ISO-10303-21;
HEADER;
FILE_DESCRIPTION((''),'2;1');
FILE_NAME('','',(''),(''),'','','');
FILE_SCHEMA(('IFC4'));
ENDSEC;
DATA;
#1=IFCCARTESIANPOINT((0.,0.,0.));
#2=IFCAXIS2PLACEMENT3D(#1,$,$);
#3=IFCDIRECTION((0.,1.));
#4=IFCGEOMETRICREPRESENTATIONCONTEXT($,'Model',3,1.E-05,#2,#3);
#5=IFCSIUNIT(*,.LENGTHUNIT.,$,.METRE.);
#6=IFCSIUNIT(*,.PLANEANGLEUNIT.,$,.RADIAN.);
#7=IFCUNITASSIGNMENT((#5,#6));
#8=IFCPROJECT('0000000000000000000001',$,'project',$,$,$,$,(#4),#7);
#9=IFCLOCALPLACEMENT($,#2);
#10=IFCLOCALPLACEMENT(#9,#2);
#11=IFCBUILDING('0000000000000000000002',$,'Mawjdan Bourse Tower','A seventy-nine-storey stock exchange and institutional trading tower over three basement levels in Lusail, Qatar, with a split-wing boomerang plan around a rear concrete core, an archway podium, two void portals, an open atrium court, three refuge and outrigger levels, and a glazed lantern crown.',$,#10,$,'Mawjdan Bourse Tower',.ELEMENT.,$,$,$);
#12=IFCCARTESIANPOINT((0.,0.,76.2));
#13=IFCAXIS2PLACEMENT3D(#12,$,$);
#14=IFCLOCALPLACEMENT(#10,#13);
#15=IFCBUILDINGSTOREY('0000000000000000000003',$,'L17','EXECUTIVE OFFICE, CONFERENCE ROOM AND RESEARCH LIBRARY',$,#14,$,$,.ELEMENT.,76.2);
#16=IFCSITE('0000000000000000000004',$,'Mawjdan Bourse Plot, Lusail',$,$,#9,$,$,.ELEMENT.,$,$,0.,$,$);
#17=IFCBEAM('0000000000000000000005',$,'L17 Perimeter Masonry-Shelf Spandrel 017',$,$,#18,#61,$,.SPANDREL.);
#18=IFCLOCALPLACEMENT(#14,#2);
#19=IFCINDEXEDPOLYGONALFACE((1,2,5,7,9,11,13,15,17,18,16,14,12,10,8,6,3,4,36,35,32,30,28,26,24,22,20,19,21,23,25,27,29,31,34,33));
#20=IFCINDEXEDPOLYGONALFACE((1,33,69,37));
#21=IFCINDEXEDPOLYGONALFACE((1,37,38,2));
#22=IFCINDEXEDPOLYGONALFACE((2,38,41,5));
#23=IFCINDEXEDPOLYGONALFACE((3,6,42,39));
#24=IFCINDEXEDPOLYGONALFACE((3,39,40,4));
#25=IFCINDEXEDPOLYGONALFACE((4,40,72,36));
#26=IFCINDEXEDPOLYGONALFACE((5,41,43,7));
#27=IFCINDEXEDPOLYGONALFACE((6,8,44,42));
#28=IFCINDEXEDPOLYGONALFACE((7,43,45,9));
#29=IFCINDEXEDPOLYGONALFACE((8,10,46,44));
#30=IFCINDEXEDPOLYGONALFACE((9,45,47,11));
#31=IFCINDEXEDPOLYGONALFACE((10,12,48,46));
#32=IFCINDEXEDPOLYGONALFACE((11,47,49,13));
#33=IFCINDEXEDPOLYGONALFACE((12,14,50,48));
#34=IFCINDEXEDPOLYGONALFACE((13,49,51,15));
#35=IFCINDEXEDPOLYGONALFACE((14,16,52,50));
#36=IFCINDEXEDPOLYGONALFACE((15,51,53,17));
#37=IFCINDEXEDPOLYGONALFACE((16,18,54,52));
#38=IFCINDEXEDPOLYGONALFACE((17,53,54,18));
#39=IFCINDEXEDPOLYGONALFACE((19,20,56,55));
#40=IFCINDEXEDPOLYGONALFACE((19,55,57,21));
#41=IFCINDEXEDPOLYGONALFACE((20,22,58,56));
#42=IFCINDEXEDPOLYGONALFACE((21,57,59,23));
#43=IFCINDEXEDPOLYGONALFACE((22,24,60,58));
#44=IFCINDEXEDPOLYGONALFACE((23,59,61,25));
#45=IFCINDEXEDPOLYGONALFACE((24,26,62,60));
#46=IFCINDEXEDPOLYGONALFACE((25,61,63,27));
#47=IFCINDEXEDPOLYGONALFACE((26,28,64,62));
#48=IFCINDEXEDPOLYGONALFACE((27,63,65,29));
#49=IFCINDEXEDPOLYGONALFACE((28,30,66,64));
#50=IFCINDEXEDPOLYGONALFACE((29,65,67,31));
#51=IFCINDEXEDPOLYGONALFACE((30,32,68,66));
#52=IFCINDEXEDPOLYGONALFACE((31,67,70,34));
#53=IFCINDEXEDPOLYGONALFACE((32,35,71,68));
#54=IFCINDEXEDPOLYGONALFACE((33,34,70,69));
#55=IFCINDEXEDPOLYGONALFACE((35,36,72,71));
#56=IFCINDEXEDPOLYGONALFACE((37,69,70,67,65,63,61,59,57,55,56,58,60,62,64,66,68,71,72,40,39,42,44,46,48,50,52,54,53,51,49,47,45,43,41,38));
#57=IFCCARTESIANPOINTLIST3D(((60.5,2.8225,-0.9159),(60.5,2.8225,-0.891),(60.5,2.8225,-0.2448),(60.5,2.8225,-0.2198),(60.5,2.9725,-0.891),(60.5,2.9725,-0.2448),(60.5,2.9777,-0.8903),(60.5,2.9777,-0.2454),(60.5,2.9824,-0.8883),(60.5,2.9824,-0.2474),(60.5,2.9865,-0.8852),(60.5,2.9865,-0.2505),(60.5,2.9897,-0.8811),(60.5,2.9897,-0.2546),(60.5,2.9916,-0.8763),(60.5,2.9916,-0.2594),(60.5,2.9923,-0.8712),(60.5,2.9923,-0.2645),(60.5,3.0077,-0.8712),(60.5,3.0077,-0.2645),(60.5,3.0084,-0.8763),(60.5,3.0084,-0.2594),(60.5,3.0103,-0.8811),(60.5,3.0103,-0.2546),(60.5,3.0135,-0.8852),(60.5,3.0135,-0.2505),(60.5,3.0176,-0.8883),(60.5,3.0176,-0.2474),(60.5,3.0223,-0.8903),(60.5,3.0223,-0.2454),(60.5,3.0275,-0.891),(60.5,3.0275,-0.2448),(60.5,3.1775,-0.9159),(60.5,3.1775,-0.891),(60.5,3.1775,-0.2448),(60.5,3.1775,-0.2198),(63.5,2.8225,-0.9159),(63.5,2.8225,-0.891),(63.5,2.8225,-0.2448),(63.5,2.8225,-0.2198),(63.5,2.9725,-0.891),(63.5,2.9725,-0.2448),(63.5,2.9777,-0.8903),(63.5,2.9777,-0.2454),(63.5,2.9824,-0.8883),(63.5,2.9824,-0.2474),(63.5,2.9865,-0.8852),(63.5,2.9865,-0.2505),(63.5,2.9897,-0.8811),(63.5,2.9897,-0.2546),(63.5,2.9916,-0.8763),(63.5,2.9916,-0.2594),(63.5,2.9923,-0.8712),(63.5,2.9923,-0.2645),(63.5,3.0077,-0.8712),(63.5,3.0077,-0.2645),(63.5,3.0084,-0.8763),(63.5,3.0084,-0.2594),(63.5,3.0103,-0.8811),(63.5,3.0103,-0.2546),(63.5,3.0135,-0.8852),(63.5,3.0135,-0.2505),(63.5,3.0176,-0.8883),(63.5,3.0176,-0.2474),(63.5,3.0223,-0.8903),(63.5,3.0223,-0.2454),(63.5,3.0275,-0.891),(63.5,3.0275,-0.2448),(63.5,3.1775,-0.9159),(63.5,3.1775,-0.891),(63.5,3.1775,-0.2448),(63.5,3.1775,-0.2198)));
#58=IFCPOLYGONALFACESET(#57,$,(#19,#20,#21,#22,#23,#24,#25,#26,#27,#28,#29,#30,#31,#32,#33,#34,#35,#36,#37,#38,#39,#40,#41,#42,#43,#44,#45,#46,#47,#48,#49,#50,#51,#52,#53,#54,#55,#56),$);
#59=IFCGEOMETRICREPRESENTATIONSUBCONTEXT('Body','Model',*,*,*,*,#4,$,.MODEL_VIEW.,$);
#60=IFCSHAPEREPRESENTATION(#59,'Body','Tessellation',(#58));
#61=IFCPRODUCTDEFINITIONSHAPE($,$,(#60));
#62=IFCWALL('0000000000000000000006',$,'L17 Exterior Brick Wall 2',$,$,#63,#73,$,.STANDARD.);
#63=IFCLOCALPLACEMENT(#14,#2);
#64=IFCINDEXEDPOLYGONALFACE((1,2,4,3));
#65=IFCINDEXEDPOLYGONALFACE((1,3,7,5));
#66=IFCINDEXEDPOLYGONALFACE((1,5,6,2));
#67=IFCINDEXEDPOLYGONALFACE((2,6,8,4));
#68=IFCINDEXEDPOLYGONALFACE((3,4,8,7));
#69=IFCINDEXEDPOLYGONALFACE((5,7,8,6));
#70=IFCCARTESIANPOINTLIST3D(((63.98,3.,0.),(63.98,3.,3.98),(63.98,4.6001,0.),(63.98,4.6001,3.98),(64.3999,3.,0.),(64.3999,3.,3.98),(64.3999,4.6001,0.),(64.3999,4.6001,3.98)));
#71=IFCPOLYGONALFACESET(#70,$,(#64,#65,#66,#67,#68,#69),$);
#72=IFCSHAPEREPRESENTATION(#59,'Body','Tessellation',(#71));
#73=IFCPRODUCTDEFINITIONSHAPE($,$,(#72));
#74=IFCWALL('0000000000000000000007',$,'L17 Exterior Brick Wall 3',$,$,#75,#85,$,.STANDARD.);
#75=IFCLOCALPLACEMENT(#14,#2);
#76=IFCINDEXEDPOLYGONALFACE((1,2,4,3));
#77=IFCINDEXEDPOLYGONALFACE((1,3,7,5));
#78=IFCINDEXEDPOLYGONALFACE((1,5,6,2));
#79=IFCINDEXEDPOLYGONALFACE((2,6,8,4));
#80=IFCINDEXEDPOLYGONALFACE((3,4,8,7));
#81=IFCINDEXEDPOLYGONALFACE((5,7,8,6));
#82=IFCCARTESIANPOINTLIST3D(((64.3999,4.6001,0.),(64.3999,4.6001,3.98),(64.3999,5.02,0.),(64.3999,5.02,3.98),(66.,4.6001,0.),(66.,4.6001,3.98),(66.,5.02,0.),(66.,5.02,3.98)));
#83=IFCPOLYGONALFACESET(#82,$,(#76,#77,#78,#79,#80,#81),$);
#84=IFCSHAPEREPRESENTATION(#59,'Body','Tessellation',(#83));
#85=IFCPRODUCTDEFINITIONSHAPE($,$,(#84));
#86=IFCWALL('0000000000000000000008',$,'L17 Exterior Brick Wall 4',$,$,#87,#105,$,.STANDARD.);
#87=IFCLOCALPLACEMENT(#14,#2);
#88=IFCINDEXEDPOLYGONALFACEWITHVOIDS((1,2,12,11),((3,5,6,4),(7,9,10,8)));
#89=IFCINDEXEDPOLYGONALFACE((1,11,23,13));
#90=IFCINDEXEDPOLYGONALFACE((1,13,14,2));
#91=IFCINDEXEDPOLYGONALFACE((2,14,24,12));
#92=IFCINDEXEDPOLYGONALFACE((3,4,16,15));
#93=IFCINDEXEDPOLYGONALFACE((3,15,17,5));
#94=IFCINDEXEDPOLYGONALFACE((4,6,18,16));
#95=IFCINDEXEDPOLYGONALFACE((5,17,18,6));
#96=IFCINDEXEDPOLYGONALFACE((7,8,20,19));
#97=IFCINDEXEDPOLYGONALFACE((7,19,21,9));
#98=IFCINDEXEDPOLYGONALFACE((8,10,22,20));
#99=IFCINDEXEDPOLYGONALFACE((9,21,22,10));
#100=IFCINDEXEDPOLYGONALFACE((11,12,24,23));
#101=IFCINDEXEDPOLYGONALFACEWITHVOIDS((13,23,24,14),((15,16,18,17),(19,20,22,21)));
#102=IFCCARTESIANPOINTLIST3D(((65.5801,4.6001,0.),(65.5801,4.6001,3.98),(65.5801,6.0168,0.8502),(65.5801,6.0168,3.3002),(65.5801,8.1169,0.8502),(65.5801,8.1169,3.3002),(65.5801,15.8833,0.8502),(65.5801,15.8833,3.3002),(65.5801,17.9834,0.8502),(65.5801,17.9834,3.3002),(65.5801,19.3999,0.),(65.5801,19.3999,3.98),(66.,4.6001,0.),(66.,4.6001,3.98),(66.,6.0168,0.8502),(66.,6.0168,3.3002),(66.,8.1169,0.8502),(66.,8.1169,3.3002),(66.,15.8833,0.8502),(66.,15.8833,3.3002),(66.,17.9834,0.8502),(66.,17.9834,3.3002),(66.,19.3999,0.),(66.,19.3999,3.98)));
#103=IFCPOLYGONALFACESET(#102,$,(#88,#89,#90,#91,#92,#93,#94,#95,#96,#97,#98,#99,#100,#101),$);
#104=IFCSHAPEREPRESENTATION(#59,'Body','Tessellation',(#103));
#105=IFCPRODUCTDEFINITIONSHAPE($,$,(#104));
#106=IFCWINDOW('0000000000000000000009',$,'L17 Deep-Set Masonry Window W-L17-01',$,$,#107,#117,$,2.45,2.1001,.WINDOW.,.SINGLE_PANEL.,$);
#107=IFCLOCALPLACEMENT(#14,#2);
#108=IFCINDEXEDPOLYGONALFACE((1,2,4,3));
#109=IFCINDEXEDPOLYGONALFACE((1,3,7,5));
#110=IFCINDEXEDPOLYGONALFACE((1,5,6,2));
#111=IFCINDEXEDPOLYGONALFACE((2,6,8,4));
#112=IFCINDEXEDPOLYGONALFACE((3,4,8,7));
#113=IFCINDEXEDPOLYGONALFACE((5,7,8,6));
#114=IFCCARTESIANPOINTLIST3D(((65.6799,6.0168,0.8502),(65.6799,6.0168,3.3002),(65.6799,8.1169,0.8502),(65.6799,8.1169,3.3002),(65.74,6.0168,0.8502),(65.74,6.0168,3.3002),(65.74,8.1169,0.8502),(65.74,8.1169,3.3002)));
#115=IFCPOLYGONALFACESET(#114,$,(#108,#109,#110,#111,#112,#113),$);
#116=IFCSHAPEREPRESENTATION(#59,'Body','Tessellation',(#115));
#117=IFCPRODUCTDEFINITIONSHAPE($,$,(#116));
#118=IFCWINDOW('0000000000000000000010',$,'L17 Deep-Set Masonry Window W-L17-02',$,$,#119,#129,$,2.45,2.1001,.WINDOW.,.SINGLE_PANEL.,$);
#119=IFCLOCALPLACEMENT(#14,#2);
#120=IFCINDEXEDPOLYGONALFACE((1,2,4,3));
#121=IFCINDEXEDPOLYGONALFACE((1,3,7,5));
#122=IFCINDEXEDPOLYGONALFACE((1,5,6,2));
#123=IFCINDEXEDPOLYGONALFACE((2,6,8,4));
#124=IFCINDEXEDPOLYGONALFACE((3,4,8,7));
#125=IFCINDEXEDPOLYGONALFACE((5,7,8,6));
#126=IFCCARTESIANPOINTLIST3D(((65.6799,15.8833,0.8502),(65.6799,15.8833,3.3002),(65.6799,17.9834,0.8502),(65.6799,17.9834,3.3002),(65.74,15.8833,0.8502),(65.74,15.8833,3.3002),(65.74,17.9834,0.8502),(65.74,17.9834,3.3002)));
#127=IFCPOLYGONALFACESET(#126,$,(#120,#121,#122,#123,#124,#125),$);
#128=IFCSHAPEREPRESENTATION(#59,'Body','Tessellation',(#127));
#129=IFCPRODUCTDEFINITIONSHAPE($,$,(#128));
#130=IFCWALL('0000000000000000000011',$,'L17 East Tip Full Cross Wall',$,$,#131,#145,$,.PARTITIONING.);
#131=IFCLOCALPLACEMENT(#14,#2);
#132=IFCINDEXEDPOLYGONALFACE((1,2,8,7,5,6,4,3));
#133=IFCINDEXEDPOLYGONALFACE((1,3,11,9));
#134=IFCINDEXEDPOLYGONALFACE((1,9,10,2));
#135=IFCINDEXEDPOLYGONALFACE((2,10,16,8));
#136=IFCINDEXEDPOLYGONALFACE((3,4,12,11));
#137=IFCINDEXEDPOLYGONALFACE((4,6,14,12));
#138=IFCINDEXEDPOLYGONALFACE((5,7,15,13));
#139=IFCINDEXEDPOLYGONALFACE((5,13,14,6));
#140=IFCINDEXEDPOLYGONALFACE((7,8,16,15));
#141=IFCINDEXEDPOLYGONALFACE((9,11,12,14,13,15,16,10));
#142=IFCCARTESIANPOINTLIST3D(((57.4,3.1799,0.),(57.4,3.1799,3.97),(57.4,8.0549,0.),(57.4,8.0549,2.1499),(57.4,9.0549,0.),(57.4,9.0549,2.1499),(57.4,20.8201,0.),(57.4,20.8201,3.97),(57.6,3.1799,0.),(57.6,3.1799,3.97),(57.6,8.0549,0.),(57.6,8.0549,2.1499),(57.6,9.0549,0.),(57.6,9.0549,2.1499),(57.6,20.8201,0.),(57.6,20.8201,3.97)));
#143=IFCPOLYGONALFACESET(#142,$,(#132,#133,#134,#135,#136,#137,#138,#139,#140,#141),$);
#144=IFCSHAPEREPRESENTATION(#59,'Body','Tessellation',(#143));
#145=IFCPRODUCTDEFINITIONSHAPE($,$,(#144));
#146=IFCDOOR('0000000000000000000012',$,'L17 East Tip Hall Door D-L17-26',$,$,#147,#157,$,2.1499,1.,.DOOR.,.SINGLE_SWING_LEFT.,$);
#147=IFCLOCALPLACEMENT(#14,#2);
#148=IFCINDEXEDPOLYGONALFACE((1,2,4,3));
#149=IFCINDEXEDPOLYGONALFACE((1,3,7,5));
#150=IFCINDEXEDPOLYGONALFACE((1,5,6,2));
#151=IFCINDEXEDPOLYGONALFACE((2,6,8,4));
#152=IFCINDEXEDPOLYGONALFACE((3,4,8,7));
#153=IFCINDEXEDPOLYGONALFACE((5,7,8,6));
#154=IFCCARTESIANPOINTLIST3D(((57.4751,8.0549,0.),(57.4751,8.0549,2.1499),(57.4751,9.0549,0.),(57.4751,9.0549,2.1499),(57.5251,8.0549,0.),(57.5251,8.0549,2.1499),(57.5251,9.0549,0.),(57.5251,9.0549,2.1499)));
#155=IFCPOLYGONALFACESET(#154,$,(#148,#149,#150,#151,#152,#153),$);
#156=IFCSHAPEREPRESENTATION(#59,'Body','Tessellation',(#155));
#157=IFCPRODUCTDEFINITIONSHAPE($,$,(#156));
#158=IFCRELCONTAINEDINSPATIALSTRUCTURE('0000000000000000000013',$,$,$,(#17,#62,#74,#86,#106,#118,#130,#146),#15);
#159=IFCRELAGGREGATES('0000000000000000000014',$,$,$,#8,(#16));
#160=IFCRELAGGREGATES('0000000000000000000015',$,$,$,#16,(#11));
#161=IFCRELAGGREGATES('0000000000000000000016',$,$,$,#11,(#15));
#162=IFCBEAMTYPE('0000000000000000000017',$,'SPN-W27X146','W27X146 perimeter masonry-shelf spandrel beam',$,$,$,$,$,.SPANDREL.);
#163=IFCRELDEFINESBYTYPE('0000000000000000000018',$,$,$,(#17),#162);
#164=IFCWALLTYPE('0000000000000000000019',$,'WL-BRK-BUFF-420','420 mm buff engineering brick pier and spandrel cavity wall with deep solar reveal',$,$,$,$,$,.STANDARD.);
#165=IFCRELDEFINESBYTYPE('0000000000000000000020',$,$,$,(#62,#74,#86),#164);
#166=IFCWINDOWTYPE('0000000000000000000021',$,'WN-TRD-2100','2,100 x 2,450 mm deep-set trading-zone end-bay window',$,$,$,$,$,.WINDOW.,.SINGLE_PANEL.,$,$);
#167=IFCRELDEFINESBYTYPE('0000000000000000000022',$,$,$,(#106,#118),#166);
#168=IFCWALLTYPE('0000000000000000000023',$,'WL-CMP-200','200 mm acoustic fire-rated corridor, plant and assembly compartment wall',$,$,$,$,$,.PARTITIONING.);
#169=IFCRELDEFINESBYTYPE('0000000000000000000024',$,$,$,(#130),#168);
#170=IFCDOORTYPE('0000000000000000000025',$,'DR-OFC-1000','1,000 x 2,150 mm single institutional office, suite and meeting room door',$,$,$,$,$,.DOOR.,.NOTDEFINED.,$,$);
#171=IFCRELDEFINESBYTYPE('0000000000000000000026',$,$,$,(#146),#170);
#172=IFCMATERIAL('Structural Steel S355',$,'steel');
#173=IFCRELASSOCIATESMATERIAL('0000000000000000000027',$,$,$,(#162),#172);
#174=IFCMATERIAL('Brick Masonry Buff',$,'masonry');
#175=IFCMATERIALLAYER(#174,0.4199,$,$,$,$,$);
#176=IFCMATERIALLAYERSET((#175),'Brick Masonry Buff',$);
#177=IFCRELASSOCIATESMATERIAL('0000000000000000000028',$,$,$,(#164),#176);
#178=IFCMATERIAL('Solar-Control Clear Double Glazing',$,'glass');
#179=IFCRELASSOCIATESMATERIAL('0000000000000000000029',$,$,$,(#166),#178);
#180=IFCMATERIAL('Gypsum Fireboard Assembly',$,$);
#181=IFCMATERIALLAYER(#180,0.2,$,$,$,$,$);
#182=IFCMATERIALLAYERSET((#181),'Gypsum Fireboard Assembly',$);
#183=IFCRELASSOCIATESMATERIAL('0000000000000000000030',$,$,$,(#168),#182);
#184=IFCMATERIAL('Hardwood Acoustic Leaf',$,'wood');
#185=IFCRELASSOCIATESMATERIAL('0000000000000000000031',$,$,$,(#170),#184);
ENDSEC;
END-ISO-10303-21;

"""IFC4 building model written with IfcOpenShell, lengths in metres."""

from ifc_helpers import new_model, si_unit, direction, frame, frame_2d, origin, origin_2d, place, context, subcontext, project, spatial, rectangle, i_section, extrude, material, layer, layer_set, material_profile, profile_set, type_object, element, fill, save


model = new_model("IFC4")

# Units and contexts
model_context = context("Model", 3, precision=1e-05, world=origin(), true_north=direction((0.0, 1.0)))
body_context = subcontext(model_context, "Body", "Model", "MODEL_VIEW")
ifc_project = project(units=[si_unit("LENGTHUNIT", "METRE"), si_unit("PLANEANGLEUNIT", "RADIAN")], contexts=[model_context])

# Site, building, storey
site_placement = place(None, origin())
site = spatial("IfcSite", under=ifc_project, at=site_placement, Name="Mawjdan Bourse Plot, Lusail", CompositionType="ELEMENT", RefElevation=0.0)
building_placement = place(site_placement, origin())
building = spatial("IfcBuilding", under=site, at=building_placement, Name="Mawjdan Bourse Tower", Description="A seventy-nine-storey stock exchange and institutional trading tower over three basement levels in Lusail, Qatar, with a split-wing boomerang plan around a rear concrete core, an archway podium, two void portals, an open atrium court, three refuge and outrigger levels, and a glazed lantern crown.", LongName="Mawjdan Bourse Tower", CompositionType="ELEMENT")
storey_placement = place(building_placement, frame((0.0, 0.0, 76.2)))
storey = spatial("IfcBuildingStorey", under=building, at=storey_placement, Name="L17", Description="EXECUTIVE OFFICE, CONFERENCE ROOM AND RESEARCH LIBRARY", CompositionType="ELEMENT", Elevation=76.2)

# Beam
ifc_material_1 = material(Name="Structural Steel S355", Category="steel")
ifc_material_profile_1 = material_profile(ifc_material_1, i_section(OverallWidth=0.355, OverallDepth=0.696, WebThickness=0.0154, FlangeThickness=0.0249, FilletRadius=0.0198, at=origin_2d()), Name="W27X146")
ifc_profile_set_1 = profile_set([ifc_material_profile_1], Name="Structural Steel S355")
beam_type_1 = type_object("IfcBeamType", Name="SPN-W27X146", Description="W27X146 perimeter masonry-shelf spandrel beam", PredefinedType="SPANDREL", material=ifc_profile_set_1)
beam_1_placement = place(storey_placement, frame((60.5, 3.0, -0.5679), z_axis=(1.0, 0.0, 0.0), x_axis=(0.0, 1.0, 0.0)))
element("IfcBeam", 1, at=beam_1_placement, inside=storey, type_object=beam_type_1, Name="L17 Perimeter Masonry-Shelf Spandrel 017", PredefinedType="SPANDREL", context=body_context, shape_type="SweptSolid", body=[
    extrude(i_section(OverallWidth=0.355, OverallDepth=0.696, WebThickness=0.0154, FlangeThickness=0.0249, FilletRadius=0.0198, at=origin_2d()), origin(), (0.0, 0.0, 1.0), 3.0),
])

# Walls
ifc_material_2 = material(Name="Brick Masonry Buff", Category="masonry")
ifc_layer_1 = layer(ifc_material_2, 0.4199)
ifc_layer_set_1 = layer_set([ifc_layer_1], Name="Brick Masonry Buff")
wall_type_1 = type_object("IfcWallType", Name="WL-BRK-BUFF-420", Description="420 mm buff engineering brick pier and spandrel cavity wall with deep solar reveal", PredefinedType="STANDARD", material=ifc_layer_set_1)
for number, where, z_axis, x_axis, name in (
    (2, (64.1899, 3.0, 0.0), (0.0, 0.0, 1.0), (0.0, 1.0, 0.0), "L17 Exterior Brick Wall 2"),
    (3, (64.3999, 4.8101, 0.0), (0.0, 0.0, 1.0), (1.0, 0.0, 0.0), "L17 Exterior Brick Wall 3"),
):
    element("IfcWall", number, at=place(storey_placement, frame(where, z_axis=z_axis, x_axis=x_axis)), inside=storey, type_object=wall_type_1, Name=name, PredefinedType="STANDARD", context=body_context, shape_type="SweptSolid", body=[
        extrude(rectangle(XDim=1.6001, YDim=0.4199, at=frame_2d((0.8, 0.0))), origin(), (0.0, 0.0, 1.0), 3.98),
    ])

# Wall, openings, windows
wall_1_placement = place(storey_placement, frame((65.79, 4.6001, 0.0), z_axis=(0.0, 0.0, 1.0), x_axis=(0.0, 1.0, 0.0)))
wall_1 = element("IfcWall", 4, at=wall_1_placement, inside=storey, type_object=wall_type_1, Name="L17 Exterior Brick Wall 4", PredefinedType="STANDARD", context=body_context, shape_type="SweptSolid", body=[
    extrude(rectangle(XDim=14.7998, YDim=0.4199, at=frame_2d((7.3999, 0.0))), origin(), (0.0, 0.0, 1.0), 3.98),
])
opening_1_placement = place(wall_1_placement, frame((1.4167, 0.0, 0.8501)))
opening_1 = element("IfcOpeningElement", 5, at=opening_1_placement, cuts=wall_1, PredefinedType="OPENING", context=body_context, shape_type="SweptSolid", body=[
    extrude(rectangle(XDim=2.1001, YDim=2.45, at=frame_2d((1.05, 1.2251))), frame((0.0, 0.22, 0.0), z_axis=(0.0, -1.0, 0.0), x_axis=(1.0, 0.0, 0.0)), (0.0, 0.0, 1.0), 0.4399),
])
opening_2_placement = place(wall_1_placement, frame((11.2832, 0.0, 0.8501)))
opening_2 = element("IfcOpeningElement", 6, at=opening_2_placement, cuts=wall_1, PredefinedType="OPENING", context=body_context, shape_type="SweptSolid", body=[
    extrude(rectangle(XDim=2.1001, YDim=2.45, at=frame_2d((1.05, 1.2251))), frame((0.0, 0.22, 0.0), z_axis=(0.0, -1.0, 0.0), x_axis=(1.0, 0.0, 0.0)), (0.0, 0.0, 1.0), 0.4399),
])
ifc_material_3 = material(Name="Solar-Control Clear Double Glazing", Category="glass")
window_type = type_object("IfcWindowType", Name="WN-TRD-2100", Description="2,100 x 2,450 mm deep-set trading-zone end-bay window", PartitioningType="SINGLE_PANEL", PredefinedType="WINDOW", material=ifc_material_3)
window_1_placement = place(opening_1_placement, origin())
window_1 = element("IfcWindow", 7, at=window_1_placement, inside=storey, type_object=window_type, Name="L17 Deep-Set Masonry Window W-L17-01", OverallHeight=2.45, OverallWidth=2.1001, PartitioningType="SINGLE_PANEL", PredefinedType="WINDOW", context=body_context, shape_type="SweptSolid", body=[
    extrude(rectangle(XDim=2.1001, YDim=2.45, at=frame_2d((1.05, 1.2251))), frame((0.0, 0.1101, 0.0), z_axis=(0.0, -1.0, 0.0), x_axis=(1.0, 0.0, 0.0)), (0.0, 0.0, 1.0), 0.0601),
])
fill(opening_1, window_1)
window_2_placement = place(opening_2_placement, origin())
window_2 = element("IfcWindow", 8, at=window_2_placement, inside=storey, type_object=window_type, Name="L17 Deep-Set Masonry Window W-L17-02", OverallHeight=2.45, OverallWidth=2.1001, PartitioningType="SINGLE_PANEL", PredefinedType="WINDOW", context=body_context, shape_type="SweptSolid", body=[
    extrude(rectangle(XDim=2.1001, YDim=2.45, at=frame_2d((1.05, 1.2251))), frame((0.0, 0.1101, 0.0), z_axis=(0.0, -1.0, 0.0), x_axis=(1.0, 0.0, 0.0)), (0.0, 0.0, 1.0), 0.0601),
])
fill(opening_2, window_2)

# Wall, opening, door
ifc_material_4 = material(Name="Gypsum Fireboard Assembly")
ifc_layer_2 = layer(ifc_material_4, 0.2)
ifc_layer_set_2 = layer_set([ifc_layer_2], Name="Gypsum Fireboard Assembly")
wall_type_2 = type_object("IfcWallType", Name="WL-CMP-200", Description="200 mm acoustic fire-rated corridor, plant and assembly compartment wall", PredefinedType="PARTITIONING", material=ifc_layer_set_2)
wall_2_placement = place(storey_placement, frame((57.5, 3.1799, 0.0), z_axis=(0.0, 0.0, 1.0), x_axis=(0.0, 1.0, 0.0)))
wall_2 = element("IfcWall", 9, at=wall_2_placement, inside=storey, type_object=wall_type_2, Name="L17 East Tip Full Cross Wall", PredefinedType="PARTITIONING", context=body_context, shape_type="SweptSolid", body=[
    extrude(rectangle(XDim=17.6401, YDim=0.2, at=frame_2d((8.8201, 0.0))), origin(), (0.0, 0.0, 1.0), 3.97),
])
opening_3_placement = place(wall_2_placement, frame((4.875, 0.0, 0.0)))
opening_3 = element("IfcOpeningElement", 10, at=opening_3_placement, cuts=wall_2, PredefinedType="OPENING", context=body_context, shape_type="SweptSolid", body=[
    extrude(rectangle(XDim=1.0, YDim=2.1499, at=frame_2d((0.5, 1.075))), frame((0.0, 0.1099, 0.0), z_axis=(0.0, -1.0, 0.0), x_axis=(1.0, 0.0, 0.0)), (0.0, 0.0, 1.0), 0.22),
])
ifc_material_5 = material(Name="Hardwood Acoustic Leaf", Category="wood")
door_type = type_object("IfcDoorType", Name="DR-OFC-1000", Description="1,000 x 2,150 mm single institutional office, suite and meeting room door", OperationType="NOTDEFINED", PredefinedType="DOOR", material=ifc_material_5)
door_placement = place(opening_3_placement, origin())
door = element("IfcDoor", 11, at=door_placement, inside=storey, type_object=door_type, Name="L17 East Tip Hall Door D-L17-26", OperationType="SINGLE_SWING_LEFT", OverallHeight=2.1499, OverallWidth=1.0, PredefinedType="DOOR", context=body_context, shape_type="SweptSolid", body=[
    extrude(rectangle(XDim=1.0, YDim=2.1499, at=frame_2d((0.5, 1.075))), frame((0.0, 0.0249, 0.0), z_axis=(0.0, -1.0, 0.0), x_axis=(1.0, 0.0, 0.0)), (0.0, 0.0, 1.0), 0.05),
])
fill(opening_3, door)

save(model, "model.ifc")
